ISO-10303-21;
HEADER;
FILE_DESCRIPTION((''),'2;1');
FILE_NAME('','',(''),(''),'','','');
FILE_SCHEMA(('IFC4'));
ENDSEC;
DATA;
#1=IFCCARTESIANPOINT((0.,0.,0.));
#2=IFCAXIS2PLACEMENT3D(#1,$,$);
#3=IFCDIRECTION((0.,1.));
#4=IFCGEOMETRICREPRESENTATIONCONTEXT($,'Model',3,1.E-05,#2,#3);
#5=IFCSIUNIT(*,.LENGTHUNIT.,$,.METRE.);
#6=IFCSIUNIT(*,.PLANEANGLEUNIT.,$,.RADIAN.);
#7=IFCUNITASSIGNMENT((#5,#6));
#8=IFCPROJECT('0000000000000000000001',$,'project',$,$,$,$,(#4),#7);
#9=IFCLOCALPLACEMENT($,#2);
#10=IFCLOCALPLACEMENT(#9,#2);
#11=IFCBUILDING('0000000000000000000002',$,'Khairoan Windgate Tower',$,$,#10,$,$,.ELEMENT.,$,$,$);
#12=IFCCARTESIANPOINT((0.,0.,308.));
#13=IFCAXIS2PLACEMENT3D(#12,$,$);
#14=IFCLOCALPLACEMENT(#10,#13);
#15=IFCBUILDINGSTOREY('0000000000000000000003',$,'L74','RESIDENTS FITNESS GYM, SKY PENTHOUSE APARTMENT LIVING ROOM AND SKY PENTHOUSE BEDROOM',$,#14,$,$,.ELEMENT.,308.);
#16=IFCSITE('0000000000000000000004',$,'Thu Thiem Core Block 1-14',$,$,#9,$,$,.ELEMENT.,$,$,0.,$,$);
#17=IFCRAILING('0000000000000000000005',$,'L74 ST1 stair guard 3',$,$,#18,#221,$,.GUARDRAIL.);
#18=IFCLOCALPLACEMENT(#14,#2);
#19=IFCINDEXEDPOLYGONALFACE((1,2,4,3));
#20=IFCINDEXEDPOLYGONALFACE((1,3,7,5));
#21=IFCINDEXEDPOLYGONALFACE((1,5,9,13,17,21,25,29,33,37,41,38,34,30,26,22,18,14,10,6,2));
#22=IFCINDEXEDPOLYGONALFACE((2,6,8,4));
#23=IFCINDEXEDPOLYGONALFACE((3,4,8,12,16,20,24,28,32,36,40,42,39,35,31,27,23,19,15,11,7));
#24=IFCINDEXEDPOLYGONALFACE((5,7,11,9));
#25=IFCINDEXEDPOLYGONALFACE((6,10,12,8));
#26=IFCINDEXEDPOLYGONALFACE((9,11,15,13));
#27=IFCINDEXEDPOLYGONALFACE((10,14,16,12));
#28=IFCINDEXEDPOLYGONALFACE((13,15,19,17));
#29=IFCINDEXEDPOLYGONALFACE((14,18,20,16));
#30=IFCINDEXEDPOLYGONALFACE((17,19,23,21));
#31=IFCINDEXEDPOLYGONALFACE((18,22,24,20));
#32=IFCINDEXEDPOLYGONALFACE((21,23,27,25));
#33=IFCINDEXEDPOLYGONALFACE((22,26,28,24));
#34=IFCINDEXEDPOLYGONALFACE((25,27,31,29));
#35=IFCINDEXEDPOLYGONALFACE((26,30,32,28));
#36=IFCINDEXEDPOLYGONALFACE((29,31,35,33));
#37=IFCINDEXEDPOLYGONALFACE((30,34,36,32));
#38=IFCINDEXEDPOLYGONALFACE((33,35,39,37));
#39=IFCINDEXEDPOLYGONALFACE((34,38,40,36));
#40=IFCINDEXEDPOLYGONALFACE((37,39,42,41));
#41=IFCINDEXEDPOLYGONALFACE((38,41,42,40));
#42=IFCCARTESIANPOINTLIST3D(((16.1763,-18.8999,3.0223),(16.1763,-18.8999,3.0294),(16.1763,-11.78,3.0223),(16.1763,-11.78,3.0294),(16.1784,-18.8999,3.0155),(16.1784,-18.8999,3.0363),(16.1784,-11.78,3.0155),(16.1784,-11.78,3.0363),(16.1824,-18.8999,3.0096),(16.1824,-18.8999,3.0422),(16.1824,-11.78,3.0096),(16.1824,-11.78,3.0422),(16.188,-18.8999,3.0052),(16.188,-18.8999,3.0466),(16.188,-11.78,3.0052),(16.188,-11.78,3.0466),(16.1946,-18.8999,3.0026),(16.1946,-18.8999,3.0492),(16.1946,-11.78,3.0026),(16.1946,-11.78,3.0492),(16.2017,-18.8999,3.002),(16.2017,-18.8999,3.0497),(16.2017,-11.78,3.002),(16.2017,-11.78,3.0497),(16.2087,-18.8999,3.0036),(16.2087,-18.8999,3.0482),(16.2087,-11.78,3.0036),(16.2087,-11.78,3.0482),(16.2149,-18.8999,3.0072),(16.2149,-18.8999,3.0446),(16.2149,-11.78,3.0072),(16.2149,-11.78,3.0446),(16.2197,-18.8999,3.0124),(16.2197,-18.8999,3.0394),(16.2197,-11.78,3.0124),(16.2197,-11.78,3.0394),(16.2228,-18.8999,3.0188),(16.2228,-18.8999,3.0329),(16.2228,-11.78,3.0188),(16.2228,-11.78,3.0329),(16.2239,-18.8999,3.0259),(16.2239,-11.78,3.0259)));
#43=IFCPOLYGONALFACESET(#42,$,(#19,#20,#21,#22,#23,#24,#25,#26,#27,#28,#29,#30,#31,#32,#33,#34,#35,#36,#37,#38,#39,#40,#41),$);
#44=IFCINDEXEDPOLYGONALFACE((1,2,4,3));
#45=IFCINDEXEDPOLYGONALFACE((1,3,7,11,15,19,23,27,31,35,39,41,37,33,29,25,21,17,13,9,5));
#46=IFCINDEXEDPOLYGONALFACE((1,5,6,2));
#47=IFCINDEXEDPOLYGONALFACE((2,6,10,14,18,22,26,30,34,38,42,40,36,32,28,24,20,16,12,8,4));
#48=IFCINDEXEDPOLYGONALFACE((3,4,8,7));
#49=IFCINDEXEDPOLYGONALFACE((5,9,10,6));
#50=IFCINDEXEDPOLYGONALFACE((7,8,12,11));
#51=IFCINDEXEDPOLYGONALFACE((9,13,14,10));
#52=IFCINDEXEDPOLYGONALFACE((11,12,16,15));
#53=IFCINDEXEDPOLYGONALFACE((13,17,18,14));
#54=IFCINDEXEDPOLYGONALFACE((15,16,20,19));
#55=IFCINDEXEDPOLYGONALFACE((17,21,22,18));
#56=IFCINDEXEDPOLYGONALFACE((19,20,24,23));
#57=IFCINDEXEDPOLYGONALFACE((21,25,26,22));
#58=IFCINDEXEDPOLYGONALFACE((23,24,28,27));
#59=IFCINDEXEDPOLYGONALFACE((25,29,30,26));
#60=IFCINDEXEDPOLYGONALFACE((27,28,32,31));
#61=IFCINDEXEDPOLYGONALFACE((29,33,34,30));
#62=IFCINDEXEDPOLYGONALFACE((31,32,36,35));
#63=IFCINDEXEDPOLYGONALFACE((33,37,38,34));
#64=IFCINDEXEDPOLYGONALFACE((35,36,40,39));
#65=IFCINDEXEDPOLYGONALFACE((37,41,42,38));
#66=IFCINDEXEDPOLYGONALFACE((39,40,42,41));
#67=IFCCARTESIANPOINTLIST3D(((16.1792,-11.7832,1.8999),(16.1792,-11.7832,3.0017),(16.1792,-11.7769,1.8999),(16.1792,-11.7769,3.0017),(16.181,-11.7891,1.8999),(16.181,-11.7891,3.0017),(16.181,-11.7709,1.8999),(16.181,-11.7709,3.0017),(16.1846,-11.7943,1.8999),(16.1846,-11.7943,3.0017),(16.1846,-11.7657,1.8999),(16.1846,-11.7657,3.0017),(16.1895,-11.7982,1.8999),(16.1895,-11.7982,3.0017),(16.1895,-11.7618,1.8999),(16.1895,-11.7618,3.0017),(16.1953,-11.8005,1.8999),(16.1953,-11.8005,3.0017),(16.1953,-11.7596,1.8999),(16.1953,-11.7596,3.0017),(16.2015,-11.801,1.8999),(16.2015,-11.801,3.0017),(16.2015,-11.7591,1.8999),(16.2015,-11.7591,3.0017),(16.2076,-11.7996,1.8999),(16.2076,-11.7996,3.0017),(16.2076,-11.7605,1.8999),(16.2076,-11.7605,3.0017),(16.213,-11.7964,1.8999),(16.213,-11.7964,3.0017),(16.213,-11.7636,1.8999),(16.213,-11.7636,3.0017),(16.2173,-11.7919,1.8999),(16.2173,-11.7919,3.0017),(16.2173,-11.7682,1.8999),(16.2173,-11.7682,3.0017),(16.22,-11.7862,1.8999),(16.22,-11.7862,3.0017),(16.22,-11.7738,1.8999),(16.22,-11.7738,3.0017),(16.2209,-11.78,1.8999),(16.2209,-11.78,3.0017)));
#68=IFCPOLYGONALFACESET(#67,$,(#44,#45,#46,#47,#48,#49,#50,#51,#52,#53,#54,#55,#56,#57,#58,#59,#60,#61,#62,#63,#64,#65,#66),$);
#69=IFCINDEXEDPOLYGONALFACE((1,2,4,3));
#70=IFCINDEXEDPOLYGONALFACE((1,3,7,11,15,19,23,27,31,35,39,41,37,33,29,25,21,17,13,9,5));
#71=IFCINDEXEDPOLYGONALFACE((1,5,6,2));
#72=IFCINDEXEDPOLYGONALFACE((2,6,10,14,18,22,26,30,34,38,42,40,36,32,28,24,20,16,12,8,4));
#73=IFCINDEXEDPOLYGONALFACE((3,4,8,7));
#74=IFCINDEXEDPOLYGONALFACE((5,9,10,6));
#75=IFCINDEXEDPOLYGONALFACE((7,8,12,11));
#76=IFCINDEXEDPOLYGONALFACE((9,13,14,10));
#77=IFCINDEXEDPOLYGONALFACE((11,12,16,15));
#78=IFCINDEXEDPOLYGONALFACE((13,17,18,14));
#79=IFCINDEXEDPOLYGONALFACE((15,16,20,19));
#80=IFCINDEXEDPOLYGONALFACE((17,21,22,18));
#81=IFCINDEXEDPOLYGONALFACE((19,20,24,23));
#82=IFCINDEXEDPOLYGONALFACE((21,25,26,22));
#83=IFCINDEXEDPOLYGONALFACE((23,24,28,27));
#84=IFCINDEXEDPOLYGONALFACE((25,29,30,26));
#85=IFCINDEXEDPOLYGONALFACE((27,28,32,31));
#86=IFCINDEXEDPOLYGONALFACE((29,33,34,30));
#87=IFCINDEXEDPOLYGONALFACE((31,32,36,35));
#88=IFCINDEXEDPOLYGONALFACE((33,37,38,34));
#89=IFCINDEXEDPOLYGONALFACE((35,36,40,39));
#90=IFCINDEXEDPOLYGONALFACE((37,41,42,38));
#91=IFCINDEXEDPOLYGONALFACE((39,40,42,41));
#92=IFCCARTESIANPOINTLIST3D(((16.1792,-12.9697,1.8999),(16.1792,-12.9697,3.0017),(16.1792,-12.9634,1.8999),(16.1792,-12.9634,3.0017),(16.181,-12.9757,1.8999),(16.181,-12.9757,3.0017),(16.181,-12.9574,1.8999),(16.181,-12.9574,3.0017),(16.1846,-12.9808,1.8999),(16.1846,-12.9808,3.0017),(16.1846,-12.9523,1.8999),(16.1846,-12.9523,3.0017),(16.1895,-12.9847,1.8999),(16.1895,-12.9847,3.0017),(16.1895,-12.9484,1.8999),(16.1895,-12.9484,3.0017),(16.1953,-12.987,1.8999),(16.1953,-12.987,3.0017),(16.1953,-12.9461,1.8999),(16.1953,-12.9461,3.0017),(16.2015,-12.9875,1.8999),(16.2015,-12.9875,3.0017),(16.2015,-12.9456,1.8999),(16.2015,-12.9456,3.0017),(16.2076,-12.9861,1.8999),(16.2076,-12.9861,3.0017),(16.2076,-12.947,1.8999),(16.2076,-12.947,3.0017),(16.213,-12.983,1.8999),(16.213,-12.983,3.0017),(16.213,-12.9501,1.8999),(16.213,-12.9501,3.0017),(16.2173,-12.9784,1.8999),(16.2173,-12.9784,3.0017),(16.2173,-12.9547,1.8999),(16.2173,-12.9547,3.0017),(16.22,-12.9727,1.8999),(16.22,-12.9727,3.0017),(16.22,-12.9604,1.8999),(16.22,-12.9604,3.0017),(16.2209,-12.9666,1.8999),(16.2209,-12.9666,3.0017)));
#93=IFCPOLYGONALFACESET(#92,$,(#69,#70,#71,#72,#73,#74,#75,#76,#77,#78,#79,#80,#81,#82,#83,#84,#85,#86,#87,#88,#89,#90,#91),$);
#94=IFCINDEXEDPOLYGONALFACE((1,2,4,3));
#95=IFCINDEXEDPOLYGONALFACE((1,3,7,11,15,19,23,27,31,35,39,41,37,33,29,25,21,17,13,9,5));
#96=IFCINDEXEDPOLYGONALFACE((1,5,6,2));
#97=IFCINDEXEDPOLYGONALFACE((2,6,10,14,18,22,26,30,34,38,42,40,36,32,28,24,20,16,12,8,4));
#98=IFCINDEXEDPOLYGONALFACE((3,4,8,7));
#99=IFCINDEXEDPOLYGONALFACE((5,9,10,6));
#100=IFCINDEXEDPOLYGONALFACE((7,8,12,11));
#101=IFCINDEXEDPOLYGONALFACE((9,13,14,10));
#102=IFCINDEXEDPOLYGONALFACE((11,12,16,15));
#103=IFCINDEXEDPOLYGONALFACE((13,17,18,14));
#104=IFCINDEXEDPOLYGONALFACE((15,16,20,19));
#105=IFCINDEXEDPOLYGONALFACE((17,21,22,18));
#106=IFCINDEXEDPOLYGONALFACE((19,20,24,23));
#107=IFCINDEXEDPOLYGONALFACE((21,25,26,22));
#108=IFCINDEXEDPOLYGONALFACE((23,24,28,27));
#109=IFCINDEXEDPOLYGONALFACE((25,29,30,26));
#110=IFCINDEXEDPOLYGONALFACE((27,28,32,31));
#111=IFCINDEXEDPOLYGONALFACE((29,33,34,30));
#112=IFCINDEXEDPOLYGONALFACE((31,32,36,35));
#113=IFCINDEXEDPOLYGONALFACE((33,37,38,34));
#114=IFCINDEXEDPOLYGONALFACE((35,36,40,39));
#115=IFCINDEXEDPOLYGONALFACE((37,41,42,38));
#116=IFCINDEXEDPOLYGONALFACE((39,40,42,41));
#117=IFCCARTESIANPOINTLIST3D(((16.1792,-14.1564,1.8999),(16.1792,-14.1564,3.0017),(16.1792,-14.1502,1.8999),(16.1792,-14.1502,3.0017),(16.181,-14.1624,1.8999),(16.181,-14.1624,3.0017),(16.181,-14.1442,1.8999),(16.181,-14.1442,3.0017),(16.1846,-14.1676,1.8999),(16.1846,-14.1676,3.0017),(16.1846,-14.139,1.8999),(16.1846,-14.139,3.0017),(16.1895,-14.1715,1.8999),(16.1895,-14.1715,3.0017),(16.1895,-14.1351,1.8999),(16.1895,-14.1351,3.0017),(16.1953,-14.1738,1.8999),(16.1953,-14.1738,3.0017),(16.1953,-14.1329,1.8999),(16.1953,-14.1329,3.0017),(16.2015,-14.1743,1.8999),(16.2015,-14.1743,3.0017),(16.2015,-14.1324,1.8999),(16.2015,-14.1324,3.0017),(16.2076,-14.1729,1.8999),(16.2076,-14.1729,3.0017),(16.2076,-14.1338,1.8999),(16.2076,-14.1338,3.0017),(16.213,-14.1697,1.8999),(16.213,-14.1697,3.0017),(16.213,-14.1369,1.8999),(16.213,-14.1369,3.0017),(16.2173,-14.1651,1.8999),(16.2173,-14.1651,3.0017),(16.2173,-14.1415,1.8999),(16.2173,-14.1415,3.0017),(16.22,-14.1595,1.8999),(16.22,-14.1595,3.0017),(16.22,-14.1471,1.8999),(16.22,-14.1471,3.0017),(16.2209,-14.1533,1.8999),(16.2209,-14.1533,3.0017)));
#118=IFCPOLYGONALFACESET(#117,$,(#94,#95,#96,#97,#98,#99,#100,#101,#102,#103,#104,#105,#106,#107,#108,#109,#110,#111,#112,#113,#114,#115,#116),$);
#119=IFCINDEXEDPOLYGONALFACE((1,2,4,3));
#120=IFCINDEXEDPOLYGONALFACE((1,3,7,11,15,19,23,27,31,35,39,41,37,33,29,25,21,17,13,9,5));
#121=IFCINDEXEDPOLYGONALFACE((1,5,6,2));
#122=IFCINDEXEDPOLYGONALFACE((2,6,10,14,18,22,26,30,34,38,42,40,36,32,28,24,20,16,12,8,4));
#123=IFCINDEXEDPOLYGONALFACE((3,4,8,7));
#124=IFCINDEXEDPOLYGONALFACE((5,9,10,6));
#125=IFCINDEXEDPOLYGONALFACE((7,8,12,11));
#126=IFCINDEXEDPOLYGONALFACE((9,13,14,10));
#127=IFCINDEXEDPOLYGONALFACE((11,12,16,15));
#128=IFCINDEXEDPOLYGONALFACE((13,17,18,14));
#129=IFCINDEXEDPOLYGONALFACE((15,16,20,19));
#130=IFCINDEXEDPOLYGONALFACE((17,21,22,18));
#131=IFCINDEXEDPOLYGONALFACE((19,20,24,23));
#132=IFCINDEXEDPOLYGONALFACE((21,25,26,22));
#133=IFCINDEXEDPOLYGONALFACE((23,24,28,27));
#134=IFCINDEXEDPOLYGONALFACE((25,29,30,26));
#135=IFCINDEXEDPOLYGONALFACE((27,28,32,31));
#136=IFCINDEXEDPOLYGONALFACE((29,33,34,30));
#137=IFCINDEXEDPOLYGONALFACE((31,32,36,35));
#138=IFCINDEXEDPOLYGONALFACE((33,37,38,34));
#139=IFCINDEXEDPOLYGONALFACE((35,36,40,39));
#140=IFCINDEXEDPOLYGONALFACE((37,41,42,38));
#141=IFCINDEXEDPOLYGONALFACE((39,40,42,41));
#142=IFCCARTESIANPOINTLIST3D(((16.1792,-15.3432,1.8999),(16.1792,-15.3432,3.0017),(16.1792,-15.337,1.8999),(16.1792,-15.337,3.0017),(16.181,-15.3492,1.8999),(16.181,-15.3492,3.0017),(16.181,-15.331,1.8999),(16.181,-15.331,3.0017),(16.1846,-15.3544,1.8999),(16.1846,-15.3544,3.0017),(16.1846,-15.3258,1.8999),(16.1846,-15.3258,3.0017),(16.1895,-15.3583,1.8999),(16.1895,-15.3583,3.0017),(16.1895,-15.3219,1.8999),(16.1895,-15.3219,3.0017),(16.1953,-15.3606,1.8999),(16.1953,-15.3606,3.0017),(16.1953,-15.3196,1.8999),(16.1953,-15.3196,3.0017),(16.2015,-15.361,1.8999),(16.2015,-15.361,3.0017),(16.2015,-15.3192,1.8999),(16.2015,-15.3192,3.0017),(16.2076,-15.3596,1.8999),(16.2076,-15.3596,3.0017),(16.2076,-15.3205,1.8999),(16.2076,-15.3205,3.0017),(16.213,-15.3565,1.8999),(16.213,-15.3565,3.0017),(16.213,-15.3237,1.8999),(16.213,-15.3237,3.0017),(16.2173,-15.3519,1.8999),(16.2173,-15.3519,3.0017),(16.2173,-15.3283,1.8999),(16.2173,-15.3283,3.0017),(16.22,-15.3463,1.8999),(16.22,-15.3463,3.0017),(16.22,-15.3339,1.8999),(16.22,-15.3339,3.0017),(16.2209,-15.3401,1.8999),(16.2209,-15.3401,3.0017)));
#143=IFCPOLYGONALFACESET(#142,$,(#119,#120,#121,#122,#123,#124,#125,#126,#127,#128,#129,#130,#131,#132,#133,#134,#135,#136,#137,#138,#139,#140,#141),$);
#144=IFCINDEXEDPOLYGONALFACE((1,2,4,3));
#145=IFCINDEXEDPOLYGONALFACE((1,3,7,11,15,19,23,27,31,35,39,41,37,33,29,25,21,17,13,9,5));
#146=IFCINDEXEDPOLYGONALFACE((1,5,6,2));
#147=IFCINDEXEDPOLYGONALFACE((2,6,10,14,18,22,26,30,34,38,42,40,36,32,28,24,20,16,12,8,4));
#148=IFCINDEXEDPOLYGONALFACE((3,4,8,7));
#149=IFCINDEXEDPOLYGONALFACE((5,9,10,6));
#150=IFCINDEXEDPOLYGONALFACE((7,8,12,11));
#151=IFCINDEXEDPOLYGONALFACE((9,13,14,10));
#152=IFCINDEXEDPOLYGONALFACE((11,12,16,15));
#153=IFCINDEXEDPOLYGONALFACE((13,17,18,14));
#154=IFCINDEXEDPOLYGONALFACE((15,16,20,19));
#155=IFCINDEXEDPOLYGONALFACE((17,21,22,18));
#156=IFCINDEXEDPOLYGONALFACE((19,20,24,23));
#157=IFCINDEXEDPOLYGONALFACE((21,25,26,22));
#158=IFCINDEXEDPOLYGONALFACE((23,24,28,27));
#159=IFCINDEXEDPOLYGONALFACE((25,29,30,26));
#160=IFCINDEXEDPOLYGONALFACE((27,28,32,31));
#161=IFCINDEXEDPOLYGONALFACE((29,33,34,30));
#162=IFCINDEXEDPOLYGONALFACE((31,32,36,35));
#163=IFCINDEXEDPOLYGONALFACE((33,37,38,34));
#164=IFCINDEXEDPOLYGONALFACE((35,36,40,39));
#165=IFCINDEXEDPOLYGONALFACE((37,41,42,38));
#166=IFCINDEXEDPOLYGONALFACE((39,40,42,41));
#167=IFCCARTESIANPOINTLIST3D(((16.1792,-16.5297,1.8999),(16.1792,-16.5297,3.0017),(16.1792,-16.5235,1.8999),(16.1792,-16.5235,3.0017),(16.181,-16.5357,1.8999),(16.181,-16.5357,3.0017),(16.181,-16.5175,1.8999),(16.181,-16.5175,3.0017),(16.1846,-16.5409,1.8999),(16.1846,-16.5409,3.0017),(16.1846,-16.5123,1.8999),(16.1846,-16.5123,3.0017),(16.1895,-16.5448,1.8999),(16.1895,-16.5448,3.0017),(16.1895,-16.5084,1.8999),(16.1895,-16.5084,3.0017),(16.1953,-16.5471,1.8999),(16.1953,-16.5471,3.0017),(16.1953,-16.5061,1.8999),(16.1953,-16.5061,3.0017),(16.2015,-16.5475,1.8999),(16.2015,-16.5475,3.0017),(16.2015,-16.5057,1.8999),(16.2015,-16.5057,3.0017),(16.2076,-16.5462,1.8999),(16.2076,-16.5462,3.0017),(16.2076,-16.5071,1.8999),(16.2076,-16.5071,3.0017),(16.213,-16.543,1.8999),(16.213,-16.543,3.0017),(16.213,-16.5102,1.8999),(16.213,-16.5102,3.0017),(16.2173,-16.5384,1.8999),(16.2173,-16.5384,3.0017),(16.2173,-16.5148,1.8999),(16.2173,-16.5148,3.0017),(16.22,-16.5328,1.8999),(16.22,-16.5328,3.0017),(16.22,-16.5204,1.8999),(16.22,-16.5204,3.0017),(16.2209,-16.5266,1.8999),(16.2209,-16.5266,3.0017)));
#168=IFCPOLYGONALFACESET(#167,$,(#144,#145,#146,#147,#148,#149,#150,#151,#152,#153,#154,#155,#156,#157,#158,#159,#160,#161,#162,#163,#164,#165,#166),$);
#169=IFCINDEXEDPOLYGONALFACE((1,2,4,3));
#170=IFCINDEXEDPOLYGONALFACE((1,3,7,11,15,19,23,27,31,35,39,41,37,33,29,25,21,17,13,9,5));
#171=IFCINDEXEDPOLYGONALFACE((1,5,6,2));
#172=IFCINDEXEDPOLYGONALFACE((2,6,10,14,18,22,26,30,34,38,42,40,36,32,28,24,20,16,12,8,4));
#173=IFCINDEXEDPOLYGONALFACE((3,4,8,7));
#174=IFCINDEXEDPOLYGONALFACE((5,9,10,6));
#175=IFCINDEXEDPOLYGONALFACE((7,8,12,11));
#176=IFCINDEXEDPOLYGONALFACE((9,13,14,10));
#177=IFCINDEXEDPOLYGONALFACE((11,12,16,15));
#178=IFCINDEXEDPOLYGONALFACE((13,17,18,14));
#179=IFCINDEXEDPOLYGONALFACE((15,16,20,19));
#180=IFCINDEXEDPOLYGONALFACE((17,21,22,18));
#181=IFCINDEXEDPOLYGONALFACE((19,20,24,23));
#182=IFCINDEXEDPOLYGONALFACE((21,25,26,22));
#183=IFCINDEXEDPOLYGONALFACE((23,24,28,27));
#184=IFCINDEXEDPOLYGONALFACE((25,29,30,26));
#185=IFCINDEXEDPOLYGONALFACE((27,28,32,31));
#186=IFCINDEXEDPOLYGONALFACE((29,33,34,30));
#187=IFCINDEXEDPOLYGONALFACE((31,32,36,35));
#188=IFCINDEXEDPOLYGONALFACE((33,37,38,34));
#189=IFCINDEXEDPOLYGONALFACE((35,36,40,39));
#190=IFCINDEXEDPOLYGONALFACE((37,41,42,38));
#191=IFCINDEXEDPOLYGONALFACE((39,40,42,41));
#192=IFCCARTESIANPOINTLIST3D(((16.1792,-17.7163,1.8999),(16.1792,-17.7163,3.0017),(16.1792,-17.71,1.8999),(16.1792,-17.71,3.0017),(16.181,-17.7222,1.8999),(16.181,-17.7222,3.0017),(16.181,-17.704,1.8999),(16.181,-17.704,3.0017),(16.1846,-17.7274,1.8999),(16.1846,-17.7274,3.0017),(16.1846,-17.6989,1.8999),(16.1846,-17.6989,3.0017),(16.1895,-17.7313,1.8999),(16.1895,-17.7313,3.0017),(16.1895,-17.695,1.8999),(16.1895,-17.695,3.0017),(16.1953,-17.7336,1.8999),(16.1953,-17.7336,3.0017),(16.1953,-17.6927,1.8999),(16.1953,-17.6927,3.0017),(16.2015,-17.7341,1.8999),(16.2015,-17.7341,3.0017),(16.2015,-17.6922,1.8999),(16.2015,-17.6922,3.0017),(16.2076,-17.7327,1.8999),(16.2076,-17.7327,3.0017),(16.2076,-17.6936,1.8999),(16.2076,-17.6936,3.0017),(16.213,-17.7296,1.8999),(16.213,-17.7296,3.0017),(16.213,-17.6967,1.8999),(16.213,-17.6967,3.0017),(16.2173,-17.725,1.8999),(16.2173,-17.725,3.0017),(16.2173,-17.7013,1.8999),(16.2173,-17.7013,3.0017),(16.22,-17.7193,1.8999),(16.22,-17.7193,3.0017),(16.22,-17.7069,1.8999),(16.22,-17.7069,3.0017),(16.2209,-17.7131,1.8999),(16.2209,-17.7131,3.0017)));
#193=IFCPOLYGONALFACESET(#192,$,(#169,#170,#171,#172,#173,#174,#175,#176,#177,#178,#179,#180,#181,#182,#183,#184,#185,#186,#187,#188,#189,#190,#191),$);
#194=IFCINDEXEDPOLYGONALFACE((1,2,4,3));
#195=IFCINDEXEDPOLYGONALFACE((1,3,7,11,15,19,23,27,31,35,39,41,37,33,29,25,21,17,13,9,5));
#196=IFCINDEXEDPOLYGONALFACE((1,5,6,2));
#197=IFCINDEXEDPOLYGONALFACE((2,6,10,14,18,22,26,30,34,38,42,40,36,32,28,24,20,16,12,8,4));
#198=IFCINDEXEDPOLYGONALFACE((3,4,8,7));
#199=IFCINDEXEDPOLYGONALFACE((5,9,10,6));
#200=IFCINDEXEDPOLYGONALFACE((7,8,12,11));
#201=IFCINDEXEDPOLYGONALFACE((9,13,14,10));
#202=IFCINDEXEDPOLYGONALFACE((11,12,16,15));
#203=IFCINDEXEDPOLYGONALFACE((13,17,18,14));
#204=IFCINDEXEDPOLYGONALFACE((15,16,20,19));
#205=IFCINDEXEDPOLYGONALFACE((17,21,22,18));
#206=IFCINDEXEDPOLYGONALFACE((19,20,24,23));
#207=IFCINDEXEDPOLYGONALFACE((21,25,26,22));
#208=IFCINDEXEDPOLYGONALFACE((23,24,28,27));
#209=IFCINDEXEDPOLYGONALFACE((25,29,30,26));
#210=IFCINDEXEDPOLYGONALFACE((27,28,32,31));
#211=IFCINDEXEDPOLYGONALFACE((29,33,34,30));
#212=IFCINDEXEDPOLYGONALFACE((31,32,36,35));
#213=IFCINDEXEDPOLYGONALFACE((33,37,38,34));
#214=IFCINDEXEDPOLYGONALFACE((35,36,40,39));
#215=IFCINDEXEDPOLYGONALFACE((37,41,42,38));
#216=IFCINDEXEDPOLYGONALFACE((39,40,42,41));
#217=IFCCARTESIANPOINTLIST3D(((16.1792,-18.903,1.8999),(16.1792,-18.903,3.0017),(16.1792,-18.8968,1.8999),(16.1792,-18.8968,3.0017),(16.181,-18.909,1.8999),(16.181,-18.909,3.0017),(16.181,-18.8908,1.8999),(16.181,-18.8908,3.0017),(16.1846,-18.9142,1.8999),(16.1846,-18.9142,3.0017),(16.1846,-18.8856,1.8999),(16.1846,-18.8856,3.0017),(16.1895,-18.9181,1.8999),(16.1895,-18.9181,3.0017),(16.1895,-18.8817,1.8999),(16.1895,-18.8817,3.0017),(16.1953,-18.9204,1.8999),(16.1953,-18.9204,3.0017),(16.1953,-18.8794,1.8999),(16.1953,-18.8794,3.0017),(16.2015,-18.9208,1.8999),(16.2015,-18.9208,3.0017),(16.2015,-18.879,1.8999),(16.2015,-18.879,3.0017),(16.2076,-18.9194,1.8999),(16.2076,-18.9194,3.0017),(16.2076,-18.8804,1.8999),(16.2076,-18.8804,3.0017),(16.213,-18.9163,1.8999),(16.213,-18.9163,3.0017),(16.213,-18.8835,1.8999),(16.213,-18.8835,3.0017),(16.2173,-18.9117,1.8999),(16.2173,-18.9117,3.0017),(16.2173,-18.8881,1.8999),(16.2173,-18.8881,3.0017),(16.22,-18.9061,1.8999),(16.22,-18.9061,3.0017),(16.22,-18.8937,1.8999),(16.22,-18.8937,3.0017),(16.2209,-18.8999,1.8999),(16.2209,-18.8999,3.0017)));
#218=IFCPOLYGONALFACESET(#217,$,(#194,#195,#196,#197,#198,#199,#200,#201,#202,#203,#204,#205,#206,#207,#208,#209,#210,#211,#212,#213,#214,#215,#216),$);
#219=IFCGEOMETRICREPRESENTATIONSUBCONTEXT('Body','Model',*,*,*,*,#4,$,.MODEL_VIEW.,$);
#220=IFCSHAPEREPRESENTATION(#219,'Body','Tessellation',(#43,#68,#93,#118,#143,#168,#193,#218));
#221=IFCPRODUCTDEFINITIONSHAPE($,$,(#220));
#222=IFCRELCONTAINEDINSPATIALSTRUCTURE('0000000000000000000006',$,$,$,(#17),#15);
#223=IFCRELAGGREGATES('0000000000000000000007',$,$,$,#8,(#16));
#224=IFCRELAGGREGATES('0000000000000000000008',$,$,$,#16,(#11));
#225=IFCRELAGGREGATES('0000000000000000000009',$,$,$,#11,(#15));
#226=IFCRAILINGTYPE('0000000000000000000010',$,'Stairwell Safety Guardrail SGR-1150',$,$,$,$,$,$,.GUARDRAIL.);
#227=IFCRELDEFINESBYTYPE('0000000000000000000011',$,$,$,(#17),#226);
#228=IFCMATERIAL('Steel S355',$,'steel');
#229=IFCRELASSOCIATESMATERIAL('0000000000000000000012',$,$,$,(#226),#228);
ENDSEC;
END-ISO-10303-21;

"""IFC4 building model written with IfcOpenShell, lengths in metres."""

from ifc_helpers import new_model, si_unit, direction, frame, origin, origin_2d, place, context, subcontext, project, spatial, circle, extrude, material, type_object, element, save


model = new_model("IFC4")

# Units and contexts
model_context = context("Model", 3, precision=1e-05, world=origin(), true_north=direction((0.0, 1.0)))
body_context = subcontext(model_context, "Body", "Model", "MODEL_VIEW")
ifc_project = project(units=[si_unit("LENGTHUNIT", "METRE"), si_unit("PLANEANGLEUNIT", "RADIAN")], contexts=[model_context])

# Site, building, storey
site_placement = place(None, origin())
site = spatial("IfcSite", under=ifc_project, at=site_placement, Name="Thu Thiem Core Block 1-14", CompositionType="ELEMENT", RefElevation=0.0)
building_placement = place(site_placement, origin())
building = spatial("IfcBuilding", under=site, at=building_placement, Name="Khairoan Windgate Tower", CompositionType="ELEMENT")
storey_placement = place(building_placement, frame((0.0, 0.0, 308.0)))
storey = spatial("IfcBuildingStorey", under=building, at=storey_placement, Name="L74", Description="RESIDENTS FITNESS GYM, SKY PENTHOUSE APARTMENT LIVING ROOM AND SKY PENTHOUSE BEDROOM", CompositionType="ELEMENT", Elevation=308.0)

# Railing
ifc_material_1 = material(Name="Steel S355", Category="steel")
railing_type_1 = type_object("IfcRailingType", Name="Stairwell Safety Guardrail SGR-1150", PredefinedType="GUARDRAIL", material=ifc_material_1)
railing_1_placement = place(storey_placement, frame((16.2, -11.78, 1.8999)))
element("IfcRailing", 1, at=railing_1_placement, inside=storey, type_object=railing_type_1, Name="L74 ST1 stair guard 3", PredefinedType="GUARDRAIL", context=body_context, shape_type="SweptSolid", body=[
    extrude(circle(Radius=0.0239, at=origin_2d()), frame((0.0, 0.0, 1.126), z_axis=(0.0, -1.0, 0.0), x_axis=(1.0, 0.0, 0.0)), (0.0, 0.0, 1.0), 7.1199),
    extrude(circle(Radius=0.021, at=origin_2d()), origin(), (0.0, 0.0, 1.0), 1.1018),
    extrude(circle(Radius=0.021, at=origin_2d()), frame((0.0, -1.1865, 0.0)), (0.0, 0.0, 1.0), 1.1018),
    extrude(circle(Radius=0.021, at=origin_2d()), frame((0.0, -2.3733, 0.0)), (0.0, 0.0, 1.0), 1.1018),
    extrude(circle(Radius=0.021, at=origin_2d()), frame((0.0, -3.5601, 0.0)), (0.0, 0.0, 1.0), 1.1018),
    extrude(circle(Radius=0.021, at=origin_2d()), frame((0.0, -4.7466, 0.0)), (0.0, 0.0, 1.0), 1.1018),
    extrude(circle(Radius=0.021, at=origin_2d()), frame((0.0, -5.9331, 0.0)), (0.0, 0.0, 1.0), 1.1018),
    extrude(circle(Radius=0.021, at=origin_2d()), frame((0.0, -7.1199, 0.0)), (0.0, 0.0, 1.0), 1.1018),
])

save(model, "model.ifc")
